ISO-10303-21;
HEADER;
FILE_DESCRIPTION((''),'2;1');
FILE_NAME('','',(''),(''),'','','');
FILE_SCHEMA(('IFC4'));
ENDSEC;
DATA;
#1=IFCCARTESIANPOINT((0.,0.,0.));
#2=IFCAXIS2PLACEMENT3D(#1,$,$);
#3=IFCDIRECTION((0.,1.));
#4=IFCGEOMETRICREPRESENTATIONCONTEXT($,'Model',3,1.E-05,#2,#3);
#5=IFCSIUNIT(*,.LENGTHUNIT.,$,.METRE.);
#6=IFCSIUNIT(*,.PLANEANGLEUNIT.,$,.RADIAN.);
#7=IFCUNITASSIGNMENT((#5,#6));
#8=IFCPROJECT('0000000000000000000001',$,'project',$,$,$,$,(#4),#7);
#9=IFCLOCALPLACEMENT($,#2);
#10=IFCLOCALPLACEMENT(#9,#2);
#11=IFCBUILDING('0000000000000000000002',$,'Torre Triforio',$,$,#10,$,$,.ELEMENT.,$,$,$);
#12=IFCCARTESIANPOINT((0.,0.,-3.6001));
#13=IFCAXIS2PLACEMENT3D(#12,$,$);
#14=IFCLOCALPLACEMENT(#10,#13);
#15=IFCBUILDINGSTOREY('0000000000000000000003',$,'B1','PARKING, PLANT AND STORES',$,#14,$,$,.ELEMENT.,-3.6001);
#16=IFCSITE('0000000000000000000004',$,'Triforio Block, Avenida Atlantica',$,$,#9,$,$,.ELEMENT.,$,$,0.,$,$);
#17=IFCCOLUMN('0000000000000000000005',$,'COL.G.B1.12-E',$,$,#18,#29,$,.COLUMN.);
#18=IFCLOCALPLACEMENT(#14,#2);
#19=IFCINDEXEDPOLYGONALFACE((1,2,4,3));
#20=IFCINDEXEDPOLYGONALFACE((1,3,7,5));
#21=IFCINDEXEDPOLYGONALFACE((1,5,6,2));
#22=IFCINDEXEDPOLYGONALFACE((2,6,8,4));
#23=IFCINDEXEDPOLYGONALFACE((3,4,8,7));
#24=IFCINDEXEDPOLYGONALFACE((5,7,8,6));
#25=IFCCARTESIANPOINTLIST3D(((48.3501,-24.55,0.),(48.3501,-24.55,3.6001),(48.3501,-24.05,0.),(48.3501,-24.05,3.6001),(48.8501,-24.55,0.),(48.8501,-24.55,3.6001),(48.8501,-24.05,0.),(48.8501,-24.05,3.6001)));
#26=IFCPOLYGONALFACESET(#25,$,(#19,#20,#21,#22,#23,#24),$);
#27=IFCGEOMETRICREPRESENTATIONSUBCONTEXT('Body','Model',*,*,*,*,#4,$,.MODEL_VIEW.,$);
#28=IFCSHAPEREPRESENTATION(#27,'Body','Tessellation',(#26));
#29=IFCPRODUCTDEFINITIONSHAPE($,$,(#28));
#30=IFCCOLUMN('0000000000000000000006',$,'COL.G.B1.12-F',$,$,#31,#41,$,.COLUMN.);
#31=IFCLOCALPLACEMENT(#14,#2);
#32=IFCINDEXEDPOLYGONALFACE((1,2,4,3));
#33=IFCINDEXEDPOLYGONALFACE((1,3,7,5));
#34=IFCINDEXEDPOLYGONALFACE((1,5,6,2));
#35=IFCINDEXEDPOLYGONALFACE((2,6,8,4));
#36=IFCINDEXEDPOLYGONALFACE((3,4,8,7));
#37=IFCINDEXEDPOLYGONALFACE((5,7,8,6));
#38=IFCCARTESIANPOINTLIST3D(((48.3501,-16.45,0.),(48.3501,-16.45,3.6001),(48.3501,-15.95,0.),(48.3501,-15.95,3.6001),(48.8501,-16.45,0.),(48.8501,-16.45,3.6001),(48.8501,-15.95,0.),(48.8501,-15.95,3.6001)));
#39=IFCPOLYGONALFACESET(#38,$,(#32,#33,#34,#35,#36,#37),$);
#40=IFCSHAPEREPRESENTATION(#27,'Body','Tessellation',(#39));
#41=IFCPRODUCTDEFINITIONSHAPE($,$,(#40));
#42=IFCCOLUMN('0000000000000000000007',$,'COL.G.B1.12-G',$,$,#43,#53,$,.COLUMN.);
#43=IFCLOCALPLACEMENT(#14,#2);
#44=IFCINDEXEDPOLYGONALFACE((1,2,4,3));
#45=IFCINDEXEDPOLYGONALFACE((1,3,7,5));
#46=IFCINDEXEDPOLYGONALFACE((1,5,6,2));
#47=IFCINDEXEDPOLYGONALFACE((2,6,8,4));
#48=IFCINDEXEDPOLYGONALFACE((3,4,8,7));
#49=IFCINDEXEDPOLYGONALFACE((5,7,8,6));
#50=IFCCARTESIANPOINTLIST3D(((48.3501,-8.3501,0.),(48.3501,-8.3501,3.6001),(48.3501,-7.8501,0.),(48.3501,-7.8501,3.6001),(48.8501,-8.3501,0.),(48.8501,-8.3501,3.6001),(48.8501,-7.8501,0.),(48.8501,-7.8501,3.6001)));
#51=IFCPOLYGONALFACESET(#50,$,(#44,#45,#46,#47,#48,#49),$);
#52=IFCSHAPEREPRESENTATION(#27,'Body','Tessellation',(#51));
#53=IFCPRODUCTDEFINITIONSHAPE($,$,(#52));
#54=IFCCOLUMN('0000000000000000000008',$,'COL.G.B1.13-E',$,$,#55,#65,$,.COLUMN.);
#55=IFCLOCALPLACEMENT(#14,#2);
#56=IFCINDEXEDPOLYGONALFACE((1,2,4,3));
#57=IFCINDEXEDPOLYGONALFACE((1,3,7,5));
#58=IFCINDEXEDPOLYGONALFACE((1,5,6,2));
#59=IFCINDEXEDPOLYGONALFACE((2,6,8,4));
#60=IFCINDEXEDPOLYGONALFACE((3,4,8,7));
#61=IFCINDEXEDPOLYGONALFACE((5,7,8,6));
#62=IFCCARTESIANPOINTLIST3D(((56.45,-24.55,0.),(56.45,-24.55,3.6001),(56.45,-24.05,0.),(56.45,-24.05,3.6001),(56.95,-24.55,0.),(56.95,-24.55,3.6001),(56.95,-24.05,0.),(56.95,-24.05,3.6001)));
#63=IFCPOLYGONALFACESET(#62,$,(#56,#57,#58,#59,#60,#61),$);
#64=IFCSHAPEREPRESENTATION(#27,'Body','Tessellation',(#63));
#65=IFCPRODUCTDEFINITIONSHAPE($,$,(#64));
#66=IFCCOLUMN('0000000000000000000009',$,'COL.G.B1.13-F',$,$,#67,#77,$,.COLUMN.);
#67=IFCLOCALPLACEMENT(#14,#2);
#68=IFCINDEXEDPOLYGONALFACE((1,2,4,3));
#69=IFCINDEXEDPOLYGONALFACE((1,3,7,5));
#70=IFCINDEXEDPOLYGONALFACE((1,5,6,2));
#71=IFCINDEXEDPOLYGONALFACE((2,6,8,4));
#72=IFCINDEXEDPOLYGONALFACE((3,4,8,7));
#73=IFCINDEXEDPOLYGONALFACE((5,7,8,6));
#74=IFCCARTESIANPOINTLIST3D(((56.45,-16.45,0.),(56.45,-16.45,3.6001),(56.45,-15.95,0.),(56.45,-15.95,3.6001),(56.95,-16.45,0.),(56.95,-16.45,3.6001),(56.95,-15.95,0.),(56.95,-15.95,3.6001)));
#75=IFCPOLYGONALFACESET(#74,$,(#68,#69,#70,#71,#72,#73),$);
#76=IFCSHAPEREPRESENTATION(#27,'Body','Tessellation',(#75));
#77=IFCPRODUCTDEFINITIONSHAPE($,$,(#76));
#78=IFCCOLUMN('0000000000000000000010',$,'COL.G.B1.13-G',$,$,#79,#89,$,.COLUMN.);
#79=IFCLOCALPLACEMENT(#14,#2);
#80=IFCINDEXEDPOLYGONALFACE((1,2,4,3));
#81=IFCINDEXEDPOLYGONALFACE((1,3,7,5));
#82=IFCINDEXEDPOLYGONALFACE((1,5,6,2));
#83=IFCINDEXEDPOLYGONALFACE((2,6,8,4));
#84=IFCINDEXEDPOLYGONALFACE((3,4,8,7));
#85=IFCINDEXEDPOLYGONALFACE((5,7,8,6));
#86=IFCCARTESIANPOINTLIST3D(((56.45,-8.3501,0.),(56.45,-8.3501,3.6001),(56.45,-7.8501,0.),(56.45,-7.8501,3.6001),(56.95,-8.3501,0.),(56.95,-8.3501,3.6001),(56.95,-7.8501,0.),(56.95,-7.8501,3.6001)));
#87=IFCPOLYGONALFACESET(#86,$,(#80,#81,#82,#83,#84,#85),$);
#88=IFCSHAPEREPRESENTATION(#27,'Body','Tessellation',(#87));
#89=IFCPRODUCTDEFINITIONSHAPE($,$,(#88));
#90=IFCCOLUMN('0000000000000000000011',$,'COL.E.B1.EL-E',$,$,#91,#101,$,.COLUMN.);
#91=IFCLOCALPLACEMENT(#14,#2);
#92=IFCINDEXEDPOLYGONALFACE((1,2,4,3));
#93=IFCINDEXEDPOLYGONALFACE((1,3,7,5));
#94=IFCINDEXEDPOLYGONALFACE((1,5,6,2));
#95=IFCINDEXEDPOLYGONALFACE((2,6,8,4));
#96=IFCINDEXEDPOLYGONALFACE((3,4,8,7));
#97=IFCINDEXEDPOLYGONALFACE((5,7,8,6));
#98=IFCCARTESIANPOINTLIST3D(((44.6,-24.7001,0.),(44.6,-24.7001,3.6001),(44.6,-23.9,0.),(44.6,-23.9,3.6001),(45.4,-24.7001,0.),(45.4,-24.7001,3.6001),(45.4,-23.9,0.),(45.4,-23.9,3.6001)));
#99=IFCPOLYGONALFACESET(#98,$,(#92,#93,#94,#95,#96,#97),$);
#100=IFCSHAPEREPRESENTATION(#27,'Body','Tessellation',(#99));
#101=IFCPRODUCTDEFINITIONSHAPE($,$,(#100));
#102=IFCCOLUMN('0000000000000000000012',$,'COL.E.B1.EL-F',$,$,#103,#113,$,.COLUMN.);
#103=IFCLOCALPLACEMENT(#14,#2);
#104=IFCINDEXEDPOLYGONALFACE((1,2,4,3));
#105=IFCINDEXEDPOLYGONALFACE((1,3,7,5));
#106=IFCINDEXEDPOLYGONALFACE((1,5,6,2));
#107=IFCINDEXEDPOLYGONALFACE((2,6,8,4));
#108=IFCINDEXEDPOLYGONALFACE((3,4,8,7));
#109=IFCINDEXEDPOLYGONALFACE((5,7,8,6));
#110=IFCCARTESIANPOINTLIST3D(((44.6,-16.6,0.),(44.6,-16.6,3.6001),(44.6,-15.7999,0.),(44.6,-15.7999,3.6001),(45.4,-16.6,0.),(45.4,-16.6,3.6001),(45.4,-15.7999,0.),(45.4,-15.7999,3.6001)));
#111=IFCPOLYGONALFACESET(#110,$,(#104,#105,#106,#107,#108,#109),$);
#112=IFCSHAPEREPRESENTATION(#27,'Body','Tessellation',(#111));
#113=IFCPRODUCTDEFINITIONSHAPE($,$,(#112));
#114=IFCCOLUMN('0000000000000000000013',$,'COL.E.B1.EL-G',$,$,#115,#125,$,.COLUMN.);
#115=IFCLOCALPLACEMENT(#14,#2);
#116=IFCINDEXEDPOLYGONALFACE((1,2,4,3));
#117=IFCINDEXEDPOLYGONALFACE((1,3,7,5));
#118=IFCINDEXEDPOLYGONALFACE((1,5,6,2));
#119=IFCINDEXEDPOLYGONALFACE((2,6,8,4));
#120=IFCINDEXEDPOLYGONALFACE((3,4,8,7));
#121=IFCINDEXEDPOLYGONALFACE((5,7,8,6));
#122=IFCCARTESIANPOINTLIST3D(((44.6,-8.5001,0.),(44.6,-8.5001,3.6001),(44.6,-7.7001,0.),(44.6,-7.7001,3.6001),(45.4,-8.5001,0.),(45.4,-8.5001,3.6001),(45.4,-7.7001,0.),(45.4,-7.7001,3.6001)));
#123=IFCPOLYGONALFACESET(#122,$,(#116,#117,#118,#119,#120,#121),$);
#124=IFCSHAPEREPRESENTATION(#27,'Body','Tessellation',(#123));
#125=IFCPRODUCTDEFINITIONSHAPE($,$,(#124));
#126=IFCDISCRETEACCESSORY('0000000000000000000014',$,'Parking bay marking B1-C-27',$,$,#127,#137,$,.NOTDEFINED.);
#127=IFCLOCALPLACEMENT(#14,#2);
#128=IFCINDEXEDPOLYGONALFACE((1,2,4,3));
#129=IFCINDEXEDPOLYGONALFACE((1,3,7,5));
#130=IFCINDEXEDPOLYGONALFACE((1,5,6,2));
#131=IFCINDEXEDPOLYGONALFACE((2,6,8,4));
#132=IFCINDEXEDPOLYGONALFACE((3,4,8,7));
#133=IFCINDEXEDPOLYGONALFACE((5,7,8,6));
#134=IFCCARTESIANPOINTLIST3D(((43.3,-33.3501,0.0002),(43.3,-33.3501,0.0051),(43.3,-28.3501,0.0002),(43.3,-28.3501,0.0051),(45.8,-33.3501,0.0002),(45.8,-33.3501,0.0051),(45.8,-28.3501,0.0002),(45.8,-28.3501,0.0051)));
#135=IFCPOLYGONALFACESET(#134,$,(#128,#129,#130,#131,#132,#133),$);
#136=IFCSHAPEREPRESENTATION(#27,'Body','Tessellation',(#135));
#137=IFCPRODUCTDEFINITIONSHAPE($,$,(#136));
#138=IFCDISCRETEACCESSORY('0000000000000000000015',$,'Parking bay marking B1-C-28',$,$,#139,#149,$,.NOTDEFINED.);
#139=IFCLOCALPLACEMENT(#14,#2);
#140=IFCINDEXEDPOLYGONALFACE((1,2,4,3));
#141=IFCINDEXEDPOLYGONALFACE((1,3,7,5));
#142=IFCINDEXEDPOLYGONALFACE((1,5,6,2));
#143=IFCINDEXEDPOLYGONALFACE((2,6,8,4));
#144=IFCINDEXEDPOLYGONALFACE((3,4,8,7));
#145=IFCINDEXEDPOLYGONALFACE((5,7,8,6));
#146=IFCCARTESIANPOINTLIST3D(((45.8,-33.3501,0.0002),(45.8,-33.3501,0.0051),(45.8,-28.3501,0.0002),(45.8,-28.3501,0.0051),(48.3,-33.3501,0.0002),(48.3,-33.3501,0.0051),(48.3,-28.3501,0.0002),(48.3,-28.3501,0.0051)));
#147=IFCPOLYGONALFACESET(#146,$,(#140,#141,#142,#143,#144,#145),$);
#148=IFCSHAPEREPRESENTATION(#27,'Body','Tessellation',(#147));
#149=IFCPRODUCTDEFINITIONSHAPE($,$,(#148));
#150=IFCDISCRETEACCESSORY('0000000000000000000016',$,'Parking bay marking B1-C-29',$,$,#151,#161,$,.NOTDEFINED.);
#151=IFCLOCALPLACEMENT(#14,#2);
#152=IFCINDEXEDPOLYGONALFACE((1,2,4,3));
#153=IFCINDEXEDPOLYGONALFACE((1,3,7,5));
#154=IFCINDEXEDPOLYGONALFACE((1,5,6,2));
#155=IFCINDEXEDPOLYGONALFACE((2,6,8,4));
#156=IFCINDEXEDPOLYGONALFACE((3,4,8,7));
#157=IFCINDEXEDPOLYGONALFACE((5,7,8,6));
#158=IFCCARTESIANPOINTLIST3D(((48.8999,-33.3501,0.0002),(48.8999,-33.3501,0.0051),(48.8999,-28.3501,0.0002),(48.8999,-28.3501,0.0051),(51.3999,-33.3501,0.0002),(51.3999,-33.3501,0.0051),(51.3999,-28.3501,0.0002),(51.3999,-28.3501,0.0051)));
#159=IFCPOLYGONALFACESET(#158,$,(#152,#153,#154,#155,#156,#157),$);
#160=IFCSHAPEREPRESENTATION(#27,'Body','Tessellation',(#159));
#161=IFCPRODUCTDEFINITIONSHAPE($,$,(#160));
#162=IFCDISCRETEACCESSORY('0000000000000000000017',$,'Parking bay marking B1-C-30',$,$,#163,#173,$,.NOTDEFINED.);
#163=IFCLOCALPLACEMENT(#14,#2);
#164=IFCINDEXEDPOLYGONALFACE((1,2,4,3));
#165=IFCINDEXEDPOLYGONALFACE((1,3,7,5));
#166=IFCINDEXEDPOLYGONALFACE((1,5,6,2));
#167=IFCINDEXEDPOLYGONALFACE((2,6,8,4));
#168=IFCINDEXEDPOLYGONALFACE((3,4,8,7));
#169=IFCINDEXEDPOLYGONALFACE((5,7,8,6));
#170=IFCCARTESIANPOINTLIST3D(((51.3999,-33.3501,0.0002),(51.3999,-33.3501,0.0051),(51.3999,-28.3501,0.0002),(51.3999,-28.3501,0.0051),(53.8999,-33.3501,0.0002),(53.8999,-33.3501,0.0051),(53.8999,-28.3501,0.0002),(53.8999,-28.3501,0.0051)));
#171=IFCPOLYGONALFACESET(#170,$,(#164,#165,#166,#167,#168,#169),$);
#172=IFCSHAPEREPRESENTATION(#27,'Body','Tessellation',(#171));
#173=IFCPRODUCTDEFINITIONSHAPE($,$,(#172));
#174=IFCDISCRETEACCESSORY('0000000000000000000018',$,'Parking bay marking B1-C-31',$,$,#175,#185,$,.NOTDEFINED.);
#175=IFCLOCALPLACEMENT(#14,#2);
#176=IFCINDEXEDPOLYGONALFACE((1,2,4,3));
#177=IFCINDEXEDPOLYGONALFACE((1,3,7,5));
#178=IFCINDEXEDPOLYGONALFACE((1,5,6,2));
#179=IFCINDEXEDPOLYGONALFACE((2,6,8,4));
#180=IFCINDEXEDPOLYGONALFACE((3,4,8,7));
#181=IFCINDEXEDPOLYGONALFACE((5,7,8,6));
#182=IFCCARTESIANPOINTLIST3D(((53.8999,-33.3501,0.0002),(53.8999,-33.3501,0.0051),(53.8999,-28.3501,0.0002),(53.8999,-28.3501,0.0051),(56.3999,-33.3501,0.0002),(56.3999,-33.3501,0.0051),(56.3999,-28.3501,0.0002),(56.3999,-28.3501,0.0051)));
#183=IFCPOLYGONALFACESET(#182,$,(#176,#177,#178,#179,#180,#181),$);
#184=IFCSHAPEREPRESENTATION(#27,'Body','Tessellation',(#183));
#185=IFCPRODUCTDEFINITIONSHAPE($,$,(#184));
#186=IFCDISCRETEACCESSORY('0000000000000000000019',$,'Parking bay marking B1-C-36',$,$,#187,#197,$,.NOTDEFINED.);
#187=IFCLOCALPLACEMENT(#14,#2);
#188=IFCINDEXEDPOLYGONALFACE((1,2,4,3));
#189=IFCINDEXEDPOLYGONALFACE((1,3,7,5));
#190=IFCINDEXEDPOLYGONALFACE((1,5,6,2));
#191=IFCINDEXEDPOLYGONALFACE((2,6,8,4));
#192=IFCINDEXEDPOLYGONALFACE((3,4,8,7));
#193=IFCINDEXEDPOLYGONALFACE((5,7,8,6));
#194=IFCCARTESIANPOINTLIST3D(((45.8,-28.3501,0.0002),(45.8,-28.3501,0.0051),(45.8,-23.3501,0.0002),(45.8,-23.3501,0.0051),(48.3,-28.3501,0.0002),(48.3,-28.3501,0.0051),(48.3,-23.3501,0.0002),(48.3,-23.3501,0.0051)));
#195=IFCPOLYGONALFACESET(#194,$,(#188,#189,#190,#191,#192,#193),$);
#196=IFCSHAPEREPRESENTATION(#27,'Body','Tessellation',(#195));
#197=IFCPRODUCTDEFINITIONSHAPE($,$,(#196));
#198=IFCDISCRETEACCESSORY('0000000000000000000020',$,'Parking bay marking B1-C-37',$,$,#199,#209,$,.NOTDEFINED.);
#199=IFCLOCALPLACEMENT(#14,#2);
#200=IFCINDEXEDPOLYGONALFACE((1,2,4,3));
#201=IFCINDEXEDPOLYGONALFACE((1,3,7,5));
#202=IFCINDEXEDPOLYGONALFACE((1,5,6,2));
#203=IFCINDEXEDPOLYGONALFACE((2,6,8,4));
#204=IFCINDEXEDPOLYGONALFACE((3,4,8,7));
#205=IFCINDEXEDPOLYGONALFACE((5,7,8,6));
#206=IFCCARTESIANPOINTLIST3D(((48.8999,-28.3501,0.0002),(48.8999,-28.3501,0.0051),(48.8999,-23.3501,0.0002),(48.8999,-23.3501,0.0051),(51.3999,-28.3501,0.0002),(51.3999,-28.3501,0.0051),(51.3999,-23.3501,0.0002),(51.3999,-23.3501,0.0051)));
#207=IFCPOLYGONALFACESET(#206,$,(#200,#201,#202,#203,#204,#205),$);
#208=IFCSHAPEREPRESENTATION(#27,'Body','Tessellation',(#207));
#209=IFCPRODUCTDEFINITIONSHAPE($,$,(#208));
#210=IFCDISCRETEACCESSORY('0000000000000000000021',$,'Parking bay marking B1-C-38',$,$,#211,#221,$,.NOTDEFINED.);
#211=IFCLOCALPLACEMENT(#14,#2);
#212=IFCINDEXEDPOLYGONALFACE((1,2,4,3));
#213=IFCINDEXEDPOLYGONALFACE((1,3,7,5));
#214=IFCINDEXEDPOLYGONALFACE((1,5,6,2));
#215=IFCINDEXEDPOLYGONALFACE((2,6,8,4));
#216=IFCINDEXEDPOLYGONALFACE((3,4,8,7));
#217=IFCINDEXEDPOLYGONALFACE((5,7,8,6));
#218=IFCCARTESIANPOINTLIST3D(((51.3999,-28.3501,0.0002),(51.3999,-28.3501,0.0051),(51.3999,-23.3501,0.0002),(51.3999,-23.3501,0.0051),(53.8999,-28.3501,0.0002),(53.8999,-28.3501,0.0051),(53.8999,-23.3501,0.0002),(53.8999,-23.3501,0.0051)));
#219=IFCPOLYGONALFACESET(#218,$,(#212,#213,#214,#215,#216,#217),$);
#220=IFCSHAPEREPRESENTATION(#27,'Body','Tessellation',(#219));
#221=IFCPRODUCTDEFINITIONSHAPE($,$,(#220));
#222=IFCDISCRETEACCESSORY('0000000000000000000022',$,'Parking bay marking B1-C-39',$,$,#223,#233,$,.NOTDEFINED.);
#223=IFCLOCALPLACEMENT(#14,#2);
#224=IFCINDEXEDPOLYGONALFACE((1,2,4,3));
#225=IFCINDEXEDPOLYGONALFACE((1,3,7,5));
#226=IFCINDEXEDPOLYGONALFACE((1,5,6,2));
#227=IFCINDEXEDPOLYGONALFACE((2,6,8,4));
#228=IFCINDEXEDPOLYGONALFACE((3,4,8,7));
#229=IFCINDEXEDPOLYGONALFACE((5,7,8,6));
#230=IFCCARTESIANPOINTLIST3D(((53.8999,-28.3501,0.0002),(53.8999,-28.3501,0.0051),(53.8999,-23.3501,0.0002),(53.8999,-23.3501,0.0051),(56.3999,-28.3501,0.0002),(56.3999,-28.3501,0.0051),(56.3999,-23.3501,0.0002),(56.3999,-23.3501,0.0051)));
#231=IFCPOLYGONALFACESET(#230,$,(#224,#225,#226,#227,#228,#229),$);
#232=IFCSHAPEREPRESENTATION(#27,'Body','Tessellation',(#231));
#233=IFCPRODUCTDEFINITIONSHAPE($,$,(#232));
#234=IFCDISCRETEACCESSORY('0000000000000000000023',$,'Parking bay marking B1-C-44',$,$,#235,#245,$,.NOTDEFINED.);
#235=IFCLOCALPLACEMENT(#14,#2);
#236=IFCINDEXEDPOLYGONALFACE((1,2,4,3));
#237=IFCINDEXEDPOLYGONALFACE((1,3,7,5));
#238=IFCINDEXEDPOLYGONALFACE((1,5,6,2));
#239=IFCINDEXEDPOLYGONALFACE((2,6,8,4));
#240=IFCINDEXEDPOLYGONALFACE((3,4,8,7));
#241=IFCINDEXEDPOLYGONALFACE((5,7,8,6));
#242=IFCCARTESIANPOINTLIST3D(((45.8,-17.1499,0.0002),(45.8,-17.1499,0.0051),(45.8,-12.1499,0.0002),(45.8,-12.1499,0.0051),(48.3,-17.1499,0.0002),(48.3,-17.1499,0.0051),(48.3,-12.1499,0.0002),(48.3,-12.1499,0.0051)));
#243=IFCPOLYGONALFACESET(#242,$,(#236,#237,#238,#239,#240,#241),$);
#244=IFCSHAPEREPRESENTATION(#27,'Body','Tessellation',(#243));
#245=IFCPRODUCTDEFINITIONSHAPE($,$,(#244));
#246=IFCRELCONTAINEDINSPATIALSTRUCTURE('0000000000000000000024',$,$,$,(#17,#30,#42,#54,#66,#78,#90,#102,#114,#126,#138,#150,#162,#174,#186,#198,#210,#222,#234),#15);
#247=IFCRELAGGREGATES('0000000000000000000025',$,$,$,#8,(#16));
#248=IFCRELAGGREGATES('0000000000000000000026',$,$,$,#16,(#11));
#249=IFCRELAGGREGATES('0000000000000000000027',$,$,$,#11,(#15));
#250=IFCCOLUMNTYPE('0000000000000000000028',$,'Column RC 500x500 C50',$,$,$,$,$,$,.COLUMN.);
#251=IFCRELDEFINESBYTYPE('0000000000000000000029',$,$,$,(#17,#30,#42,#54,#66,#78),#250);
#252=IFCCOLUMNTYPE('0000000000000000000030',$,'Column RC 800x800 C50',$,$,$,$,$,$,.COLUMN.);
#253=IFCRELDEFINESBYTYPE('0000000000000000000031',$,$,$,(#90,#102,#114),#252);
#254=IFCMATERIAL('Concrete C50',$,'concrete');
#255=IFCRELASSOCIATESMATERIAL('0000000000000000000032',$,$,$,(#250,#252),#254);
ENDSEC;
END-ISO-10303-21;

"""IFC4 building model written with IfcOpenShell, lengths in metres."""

from ifc_helpers import new_model, si_unit, direction, frame, origin, origin_2d, place, context, subcontext, project, spatial, rectangle, extrude, material, material_profile, profile_set, type_object, element, save


model = new_model("IFC4")

# Units and contexts
model_context = context("Model", 3, precision=1e-05, world=origin(), true_north=direction((0.0, 1.0)))
body_context = subcontext(model_context, "Body", "Model", "MODEL_VIEW")
ifc_project = project(units=[si_unit("LENGTHUNIT", "METRE"), si_unit("PLANEANGLEUNIT", "RADIAN")], contexts=[model_context])

# Site, building, storey
site_placement = place(None, origin())
site = spatial("IfcSite", under=ifc_project, at=site_placement, Name="Triforio Block, Avenida Atlantica", CompositionType="ELEMENT", RefElevation=0.0)
building_placement = place(site_placement, origin())
building = spatial("IfcBuilding", under=site, at=building_placement, Name="Torre Triforio", CompositionType="ELEMENT")
storey_placement = place(building_placement, frame((0.0, 0.0, -3.6001)))
storey = spatial("IfcBuildingStorey", under=building, at=storey_placement, Name="B1", Description="PARKING, PLANT AND STORES", CompositionType="ELEMENT", Elevation=-3.6001)

# Columns
ifc_material = material(Name="Concrete C50", Category="concrete")
ifc_material_profile_1 = material_profile(ifc_material, rectangle(XDim=0.5, YDim=0.5, at=origin_2d()), Name="RC 500x500")
ifc_profile_set_1 = profile_set([ifc_material_profile_1], Name="Concrete C50")
column_type_1 = type_object("IfcColumnType", Name="Column RC 500x500 C50", PredefinedType="COLUMN", material=ifc_profile_set_1)
for number, where, z_axis, x_axis, name in (
    (1, (48.6001, -24.3, 0.0), (0.0, 0.0, 1.0), (1.0, 0.0, 0.0), "COL.G.B1.12-E"),
    (2, (48.6001, -16.2, 0.0), (0.0, 0.0, 1.0), (1.0, 0.0, 0.0), "COL.G.B1.12-F"),
    (3, (48.6001, -8.1001, 0.0), (0.0, 0.0, 1.0), (1.0, 0.0, 0.0), "COL.G.B1.12-G"),
    (4, (56.7, -24.3, 0.0), (0.0, 0.0, 1.0), (1.0, 0.0, 0.0), "COL.G.B1.13-E"),
    (5, (56.7, -16.2, 0.0), (0.0, 0.0, 1.0), (1.0, 0.0, 0.0), "COL.G.B1.13-F"),
    (6, (56.7, -8.1001, 0.0), (0.0, 0.0, 1.0), (1.0, 0.0, 0.0), "COL.G.B1.13-G"),
):
    element("IfcColumn", number, at=place(storey_placement, frame(where, z_axis=z_axis, x_axis=x_axis)), inside=storey, type_object=column_type_1, Name=name, PredefinedType="COLUMN", context=body_context, shape_type="SweptSolid", body=[
        extrude(rectangle(XDim=0.5, YDim=0.5, at=origin_2d()), origin(), (0.0, 0.0, 1.0), 3.6001),
    ])
ifc_material_profile_2 = material_profile(ifc_material, rectangle(XDim=0.8, YDim=0.8, at=origin_2d()), Name="RC 800x800")
ifc_profile_set_2 = profile_set([ifc_material_profile_2], Name="Concrete C50")
column_type_2 = type_object("IfcColumnType", Name="Column RC 800x800 C50", PredefinedType="COLUMN", material=ifc_profile_set_2)
for number, where, z_axis, x_axis, name in (
    (7, (45.0, -24.3, 0.0), (0.0, 0.0, 1.0), (1.0, 0.0, 0.0), "COL.E.B1.EL-E"),
    (8, (45.0, -16.2, 0.0), (0.0, 0.0, 1.0), (1.0, 0.0, 0.0), "COL.E.B1.EL-F"),
    (9, (45.0, -8.1001, 0.0), (0.0, 0.0, 1.0), (1.0, 0.0, 0.0), "COL.E.B1.EL-G"),
):
    element("IfcColumn", number, at=place(storey_placement, frame(where, z_axis=z_axis, x_axis=x_axis)), inside=storey, type_object=column_type_2, Name=name, PredefinedType="COLUMN", context=body_context, shape_type="SweptSolid", body=[
        extrude(rectangle(XDim=0.8, YDim=0.8, at=origin_2d()), origin(), (0.0, 0.0, 1.0), 3.6001),
    ])

# Discrete accessories
for number, where, z_axis, x_axis, name in (
    (10, (44.55, -30.8501, 0.0002), (0.0, 0.0, 1.0), (1.0, 0.0, 0.0), "Parking bay marking B1-C-27"),
    (11, (47.05, -30.8501, 0.0002), (0.0, 0.0, 1.0), (1.0, 0.0, 0.0), "Parking bay marking B1-C-28"),
    (12, (50.1499, -30.8501, 0.0002), (0.0, 0.0, 1.0), (1.0, 0.0, 0.0), "Parking bay marking B1-C-29"),
    (13, (52.6499, -30.8501, 0.0002), (0.0, 0.0, 1.0), (1.0, 0.0, 0.0), "Parking bay marking B1-C-30"),
    (14, (55.1499, -30.8501, 0.0002), (0.0, 0.0, 1.0), (1.0, 0.0, 0.0), "Parking bay marking B1-C-31"),
    (15, (47.05, -25.8501, 0.0002), (0.0, 0.0, 1.0), (1.0, 0.0, 0.0), "Parking bay marking B1-C-36"),
    (16, (50.1499, -25.8501, 0.0002), (0.0, 0.0, 1.0), (1.0, 0.0, 0.0), "Parking bay marking B1-C-37"),
    (17, (52.6499, -25.8501, 0.0002), (0.0, 0.0, 1.0), (1.0, 0.0, 0.0), "Parking bay marking B1-C-38"),
    (18, (55.1499, -25.8501, 0.0002), (0.0, 0.0, 1.0), (1.0, 0.0, 0.0), "Parking bay marking B1-C-39"),
    (19, (47.05, -14.6499, 0.0002), (0.0, 0.0, 1.0), (1.0, 0.0, 0.0), "Parking bay marking B1-C-44"),
):
    element("IfcDiscreteAccessory", number, at=place(storey_placement, frame(where, z_axis=z_axis, x_axis=x_axis)), inside=storey, Name=name, PredefinedType="NOTDEFINED", context=body_context, shape_type="SweptSolid", body=[
        extrude(rectangle(XDim=2.5, YDim=5.0, at=origin_2d()), origin(), (0.0, 0.0, 1.0), 0.0049),
    ])

save(model, "model.ifc")
